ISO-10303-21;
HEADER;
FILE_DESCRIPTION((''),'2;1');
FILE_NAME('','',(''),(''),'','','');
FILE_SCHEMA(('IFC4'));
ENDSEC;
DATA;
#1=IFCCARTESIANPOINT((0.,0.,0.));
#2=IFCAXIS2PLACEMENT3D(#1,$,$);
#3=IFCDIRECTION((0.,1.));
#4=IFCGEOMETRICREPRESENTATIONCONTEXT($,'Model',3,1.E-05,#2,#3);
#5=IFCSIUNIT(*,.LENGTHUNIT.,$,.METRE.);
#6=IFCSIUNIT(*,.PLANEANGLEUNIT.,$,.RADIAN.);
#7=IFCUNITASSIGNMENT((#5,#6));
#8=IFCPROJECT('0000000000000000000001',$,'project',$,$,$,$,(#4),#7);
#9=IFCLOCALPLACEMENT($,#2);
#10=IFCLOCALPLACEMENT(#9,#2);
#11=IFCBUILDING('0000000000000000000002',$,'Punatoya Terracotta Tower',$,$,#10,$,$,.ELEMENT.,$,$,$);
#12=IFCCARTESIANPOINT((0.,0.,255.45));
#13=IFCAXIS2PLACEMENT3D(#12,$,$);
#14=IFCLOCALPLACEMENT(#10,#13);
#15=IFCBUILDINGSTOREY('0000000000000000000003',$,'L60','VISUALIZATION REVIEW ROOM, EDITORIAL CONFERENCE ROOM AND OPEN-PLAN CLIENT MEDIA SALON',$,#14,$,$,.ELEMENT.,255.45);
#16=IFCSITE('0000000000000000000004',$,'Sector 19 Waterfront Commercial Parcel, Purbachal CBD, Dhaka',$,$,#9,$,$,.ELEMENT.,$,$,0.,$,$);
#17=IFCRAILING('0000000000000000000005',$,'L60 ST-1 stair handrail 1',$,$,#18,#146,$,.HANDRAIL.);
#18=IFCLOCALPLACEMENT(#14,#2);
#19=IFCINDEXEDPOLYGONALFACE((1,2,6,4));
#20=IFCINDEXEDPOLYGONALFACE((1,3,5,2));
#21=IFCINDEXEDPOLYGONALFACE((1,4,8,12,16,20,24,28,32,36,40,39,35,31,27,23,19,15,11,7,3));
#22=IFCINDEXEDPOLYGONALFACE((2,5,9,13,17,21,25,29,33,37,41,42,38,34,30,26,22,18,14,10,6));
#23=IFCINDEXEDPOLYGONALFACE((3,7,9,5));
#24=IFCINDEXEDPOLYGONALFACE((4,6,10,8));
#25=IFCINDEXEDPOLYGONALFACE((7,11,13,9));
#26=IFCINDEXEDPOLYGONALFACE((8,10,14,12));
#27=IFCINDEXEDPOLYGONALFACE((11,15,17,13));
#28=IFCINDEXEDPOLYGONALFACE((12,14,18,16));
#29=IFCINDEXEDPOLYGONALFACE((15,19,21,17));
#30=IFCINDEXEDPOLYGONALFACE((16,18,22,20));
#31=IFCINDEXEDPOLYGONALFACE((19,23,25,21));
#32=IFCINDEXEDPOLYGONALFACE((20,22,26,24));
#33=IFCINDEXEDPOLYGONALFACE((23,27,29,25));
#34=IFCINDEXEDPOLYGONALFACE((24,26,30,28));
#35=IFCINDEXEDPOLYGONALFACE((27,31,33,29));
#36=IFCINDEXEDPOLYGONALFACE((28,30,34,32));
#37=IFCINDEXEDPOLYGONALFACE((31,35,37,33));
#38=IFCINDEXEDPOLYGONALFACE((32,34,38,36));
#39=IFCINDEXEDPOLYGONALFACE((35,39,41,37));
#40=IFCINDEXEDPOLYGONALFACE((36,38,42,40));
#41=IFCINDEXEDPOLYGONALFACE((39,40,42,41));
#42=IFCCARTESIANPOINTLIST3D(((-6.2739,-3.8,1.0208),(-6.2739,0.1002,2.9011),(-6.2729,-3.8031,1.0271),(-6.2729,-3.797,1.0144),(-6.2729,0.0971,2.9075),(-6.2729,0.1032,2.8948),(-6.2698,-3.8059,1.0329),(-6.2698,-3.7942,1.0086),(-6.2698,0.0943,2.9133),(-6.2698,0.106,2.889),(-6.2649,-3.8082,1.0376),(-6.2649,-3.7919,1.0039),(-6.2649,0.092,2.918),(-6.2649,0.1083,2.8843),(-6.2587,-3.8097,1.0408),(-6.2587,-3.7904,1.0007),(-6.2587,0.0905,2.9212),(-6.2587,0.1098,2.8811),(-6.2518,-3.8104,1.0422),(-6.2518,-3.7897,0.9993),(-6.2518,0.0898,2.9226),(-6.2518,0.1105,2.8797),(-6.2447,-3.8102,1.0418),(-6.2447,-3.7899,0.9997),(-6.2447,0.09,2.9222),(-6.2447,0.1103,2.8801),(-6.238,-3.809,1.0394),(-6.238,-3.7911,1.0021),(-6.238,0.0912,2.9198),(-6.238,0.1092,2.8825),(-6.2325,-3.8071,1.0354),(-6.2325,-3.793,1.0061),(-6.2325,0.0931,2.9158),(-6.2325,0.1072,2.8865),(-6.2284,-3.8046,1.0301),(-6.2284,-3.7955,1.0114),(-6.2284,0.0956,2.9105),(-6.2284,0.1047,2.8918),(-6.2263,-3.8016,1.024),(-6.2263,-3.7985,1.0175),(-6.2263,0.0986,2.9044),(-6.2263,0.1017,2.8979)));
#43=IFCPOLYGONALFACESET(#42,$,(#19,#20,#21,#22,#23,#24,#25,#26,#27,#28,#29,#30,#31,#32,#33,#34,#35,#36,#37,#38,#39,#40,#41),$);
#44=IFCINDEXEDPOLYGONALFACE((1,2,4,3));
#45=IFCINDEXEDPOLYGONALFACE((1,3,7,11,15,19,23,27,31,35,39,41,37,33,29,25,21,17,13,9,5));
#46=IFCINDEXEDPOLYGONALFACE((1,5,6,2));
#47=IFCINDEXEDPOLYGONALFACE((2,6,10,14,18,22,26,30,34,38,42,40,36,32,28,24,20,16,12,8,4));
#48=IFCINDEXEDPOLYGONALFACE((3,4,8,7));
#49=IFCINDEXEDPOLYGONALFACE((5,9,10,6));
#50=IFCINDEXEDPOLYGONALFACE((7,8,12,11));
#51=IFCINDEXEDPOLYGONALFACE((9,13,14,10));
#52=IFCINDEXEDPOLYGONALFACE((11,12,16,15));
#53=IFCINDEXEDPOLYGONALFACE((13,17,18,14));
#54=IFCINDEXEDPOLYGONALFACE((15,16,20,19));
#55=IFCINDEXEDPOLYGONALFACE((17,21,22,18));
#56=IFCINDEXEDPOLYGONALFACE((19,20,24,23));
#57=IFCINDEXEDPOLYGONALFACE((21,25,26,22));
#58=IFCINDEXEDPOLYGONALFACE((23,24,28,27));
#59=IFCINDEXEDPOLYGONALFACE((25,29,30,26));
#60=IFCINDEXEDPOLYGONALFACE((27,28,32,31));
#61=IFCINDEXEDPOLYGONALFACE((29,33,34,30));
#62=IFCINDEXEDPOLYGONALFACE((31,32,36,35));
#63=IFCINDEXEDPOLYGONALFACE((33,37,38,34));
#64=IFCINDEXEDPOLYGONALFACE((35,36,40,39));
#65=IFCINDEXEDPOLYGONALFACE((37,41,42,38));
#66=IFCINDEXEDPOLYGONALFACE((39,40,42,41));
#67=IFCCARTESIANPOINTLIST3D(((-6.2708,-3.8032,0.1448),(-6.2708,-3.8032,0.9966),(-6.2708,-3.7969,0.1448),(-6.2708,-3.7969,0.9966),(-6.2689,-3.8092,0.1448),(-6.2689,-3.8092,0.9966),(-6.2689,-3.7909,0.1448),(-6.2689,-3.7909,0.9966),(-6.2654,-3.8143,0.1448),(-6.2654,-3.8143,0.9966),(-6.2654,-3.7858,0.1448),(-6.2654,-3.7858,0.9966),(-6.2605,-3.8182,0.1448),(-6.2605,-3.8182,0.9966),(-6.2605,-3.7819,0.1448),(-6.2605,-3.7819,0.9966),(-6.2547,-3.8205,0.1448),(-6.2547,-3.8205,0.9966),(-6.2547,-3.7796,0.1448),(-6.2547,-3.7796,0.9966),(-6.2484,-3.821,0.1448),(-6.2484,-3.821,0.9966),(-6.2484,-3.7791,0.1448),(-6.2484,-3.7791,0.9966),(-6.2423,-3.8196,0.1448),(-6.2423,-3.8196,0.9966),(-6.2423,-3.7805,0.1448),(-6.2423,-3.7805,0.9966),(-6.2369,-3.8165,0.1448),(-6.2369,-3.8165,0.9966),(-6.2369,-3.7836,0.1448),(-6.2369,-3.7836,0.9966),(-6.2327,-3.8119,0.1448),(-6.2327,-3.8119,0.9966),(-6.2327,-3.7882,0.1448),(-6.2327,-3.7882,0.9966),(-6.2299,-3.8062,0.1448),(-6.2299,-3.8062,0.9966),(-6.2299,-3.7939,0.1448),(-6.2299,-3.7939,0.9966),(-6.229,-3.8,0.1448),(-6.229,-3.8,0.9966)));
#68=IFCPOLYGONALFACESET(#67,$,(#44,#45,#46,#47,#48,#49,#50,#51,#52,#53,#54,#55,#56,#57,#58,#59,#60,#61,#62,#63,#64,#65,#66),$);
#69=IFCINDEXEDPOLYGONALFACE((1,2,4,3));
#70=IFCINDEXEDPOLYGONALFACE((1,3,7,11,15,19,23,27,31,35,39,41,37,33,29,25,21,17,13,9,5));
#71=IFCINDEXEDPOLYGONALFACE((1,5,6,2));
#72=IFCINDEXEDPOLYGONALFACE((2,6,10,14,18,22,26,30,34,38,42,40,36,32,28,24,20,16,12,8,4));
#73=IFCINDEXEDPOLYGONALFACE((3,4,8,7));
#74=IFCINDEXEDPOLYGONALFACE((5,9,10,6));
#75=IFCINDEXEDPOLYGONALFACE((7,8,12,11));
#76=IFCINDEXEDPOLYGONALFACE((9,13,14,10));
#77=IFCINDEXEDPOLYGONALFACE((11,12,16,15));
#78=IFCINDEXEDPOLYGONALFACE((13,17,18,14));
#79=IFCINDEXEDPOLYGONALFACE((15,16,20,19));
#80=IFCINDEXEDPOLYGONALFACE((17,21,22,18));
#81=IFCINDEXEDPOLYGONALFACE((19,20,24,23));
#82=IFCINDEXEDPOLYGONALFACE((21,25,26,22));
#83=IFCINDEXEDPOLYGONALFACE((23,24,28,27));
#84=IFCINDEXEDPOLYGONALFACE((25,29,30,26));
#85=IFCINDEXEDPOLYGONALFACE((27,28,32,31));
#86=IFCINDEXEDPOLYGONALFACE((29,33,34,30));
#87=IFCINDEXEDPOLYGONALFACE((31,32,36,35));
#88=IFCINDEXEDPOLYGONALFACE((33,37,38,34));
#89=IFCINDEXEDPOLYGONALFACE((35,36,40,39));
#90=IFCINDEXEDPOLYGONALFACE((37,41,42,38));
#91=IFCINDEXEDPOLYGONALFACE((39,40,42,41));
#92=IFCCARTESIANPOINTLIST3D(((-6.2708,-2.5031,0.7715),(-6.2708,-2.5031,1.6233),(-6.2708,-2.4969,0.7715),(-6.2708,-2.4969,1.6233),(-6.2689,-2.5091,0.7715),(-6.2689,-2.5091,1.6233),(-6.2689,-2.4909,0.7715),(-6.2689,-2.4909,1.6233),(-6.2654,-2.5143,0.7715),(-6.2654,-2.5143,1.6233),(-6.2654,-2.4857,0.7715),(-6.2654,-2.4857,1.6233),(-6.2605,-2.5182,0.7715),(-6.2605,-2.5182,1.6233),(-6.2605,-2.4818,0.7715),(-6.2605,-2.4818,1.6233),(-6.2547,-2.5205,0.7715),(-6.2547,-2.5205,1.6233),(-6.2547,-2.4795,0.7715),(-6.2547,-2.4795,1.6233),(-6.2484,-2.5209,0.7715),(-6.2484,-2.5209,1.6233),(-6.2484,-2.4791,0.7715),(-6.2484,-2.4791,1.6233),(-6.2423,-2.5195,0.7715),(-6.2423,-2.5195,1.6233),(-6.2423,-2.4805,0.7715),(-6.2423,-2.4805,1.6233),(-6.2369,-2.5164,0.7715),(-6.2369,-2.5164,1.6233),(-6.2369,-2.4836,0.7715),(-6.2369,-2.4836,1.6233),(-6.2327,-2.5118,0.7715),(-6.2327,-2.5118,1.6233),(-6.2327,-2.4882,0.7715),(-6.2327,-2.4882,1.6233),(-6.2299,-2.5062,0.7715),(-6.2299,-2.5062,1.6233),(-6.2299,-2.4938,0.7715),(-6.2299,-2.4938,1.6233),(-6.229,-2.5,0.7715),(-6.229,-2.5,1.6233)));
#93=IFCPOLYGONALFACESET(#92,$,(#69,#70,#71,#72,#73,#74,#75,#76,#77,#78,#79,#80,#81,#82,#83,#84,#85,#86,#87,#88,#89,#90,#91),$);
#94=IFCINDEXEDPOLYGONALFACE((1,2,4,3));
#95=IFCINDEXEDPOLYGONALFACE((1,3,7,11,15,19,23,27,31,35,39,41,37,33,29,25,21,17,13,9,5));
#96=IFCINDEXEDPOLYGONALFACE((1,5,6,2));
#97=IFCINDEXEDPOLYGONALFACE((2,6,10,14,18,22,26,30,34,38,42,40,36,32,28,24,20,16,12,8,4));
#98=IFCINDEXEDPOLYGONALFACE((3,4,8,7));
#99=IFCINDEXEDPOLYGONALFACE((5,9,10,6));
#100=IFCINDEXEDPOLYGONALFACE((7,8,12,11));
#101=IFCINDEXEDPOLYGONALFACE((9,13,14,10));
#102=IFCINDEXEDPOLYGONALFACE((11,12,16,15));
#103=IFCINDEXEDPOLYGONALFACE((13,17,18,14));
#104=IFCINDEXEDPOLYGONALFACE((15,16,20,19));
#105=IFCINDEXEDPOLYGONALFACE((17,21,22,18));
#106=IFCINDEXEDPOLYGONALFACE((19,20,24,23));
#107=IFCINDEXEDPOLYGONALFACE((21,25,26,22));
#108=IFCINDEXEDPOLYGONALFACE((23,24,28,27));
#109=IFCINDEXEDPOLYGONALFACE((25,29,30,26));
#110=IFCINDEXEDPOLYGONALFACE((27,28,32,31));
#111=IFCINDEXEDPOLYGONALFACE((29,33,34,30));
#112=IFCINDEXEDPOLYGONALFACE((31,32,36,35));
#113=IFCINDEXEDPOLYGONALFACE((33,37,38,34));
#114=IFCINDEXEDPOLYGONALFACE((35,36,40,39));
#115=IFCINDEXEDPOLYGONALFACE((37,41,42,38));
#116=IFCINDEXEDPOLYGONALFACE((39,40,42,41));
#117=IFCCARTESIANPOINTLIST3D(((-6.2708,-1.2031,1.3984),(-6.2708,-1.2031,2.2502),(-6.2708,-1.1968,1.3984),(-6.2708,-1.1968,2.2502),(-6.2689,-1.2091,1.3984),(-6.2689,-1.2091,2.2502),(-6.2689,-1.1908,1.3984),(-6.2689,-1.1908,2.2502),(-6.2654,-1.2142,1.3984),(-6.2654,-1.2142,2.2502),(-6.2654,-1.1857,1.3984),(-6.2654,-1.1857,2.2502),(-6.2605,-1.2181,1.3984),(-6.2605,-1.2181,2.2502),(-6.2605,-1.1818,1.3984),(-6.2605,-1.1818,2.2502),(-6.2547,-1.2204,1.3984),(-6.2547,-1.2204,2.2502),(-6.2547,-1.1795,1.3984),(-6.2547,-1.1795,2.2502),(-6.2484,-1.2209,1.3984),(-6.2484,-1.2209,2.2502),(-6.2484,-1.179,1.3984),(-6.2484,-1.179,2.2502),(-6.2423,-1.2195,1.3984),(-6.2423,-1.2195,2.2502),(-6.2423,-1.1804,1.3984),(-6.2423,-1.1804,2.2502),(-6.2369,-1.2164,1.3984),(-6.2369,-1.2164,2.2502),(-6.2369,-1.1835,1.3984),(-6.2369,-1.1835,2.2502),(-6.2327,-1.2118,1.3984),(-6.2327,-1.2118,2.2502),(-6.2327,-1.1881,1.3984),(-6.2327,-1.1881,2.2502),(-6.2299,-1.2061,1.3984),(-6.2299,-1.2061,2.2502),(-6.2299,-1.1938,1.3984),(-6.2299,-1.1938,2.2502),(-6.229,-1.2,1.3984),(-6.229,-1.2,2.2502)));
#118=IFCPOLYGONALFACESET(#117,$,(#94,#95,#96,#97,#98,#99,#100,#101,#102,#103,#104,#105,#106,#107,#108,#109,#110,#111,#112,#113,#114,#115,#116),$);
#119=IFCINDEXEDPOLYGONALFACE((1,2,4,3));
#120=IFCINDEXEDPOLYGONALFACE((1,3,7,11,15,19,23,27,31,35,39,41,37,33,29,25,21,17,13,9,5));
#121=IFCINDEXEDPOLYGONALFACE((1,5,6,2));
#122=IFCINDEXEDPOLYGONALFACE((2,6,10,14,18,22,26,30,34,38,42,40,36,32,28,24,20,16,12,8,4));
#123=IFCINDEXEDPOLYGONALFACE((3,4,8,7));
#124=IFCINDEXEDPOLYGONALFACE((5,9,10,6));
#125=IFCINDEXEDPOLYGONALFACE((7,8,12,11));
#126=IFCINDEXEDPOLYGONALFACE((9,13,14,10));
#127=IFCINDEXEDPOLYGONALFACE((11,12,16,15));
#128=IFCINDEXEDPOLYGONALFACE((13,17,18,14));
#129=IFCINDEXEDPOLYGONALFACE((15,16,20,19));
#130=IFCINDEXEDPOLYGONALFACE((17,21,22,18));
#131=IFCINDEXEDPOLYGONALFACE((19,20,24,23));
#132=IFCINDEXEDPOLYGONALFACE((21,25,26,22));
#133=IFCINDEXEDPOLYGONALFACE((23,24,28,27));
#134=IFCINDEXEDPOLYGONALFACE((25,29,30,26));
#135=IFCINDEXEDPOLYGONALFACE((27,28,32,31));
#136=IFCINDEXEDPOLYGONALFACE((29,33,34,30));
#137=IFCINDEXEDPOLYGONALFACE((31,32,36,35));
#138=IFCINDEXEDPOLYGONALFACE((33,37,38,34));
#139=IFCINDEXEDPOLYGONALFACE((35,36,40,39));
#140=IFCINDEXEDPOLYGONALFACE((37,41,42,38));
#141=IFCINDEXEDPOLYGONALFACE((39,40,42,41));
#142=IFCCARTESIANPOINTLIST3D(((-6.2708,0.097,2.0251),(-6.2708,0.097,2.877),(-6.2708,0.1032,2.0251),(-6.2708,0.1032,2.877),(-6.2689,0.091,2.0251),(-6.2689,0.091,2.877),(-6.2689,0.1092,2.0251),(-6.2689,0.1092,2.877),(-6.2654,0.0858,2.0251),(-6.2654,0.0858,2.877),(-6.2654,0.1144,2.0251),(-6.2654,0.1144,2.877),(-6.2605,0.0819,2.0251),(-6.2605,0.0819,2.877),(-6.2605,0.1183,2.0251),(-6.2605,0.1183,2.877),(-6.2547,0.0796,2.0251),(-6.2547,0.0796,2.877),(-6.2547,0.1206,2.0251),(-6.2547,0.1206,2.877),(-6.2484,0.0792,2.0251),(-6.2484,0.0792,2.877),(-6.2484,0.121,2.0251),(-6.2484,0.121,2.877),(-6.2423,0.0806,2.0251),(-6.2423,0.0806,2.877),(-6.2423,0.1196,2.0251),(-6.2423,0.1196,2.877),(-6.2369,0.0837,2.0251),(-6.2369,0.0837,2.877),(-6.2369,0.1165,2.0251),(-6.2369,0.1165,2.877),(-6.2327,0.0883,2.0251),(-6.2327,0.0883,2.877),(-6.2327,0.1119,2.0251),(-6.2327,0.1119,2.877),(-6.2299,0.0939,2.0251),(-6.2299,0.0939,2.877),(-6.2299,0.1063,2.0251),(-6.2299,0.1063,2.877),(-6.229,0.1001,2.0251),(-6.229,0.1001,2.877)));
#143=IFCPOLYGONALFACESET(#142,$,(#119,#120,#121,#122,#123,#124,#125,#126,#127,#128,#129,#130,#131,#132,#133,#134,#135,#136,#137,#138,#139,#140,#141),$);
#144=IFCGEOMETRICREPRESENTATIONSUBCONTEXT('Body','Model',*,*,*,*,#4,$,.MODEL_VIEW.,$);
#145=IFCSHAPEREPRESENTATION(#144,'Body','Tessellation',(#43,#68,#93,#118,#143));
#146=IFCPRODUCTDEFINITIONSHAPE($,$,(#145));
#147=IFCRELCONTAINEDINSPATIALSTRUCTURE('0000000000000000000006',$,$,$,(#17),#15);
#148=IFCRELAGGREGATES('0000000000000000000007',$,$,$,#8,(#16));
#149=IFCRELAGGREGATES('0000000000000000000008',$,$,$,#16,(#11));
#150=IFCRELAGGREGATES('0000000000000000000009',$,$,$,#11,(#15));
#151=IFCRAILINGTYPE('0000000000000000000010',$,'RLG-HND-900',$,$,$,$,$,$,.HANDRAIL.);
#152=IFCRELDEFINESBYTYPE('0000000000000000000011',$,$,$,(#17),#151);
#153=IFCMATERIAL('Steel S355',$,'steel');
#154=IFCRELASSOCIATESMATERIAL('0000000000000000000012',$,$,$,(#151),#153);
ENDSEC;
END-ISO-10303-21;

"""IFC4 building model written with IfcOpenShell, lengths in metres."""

from ifc_helpers import new_model, si_unit, direction, frame, origin, origin_2d, place, context, subcontext, project, spatial, circle, extrude, material, type_object, element, save


model = new_model("IFC4")

# Units and contexts
model_context = context("Model", 3, precision=1e-05, world=origin(), true_north=direction((0.0, 1.0)))
body_context = subcontext(model_context, "Body", "Model", "MODEL_VIEW")
ifc_project = project(units=[si_unit("LENGTHUNIT", "METRE"), si_unit("PLANEANGLEUNIT", "RADIAN")], contexts=[model_context])

# Site, building, storey
site_placement = place(None, origin())
site = spatial("IfcSite", under=ifc_project, at=site_placement, Name="Sector 19 Waterfront Commercial Parcel, Purbachal CBD, Dhaka", CompositionType="ELEMENT", RefElevation=0.0)
building_placement = place(site_placement, origin())
building = spatial("IfcBuilding", under=site, at=building_placement, Name="Punatoya Terracotta Tower", CompositionType="ELEMENT")
storey_placement = place(building_placement, frame((0.0, 0.0, 255.45)))
storey = spatial("IfcBuildingStorey", under=building, at=storey_placement, Name="L60", Description="VISUALIZATION REVIEW ROOM, EDITORIAL CONFERENCE ROOM AND OPEN-PLAN CLIENT MEDIA SALON", CompositionType="ELEMENT", Elevation=255.45)

# Railing
ifc_material_1 = material(Name="Steel S355", Category="steel")
railing_type_1 = type_object("IfcRailingType", Name="RLG-HND-900", PredefinedType="HANDRAIL", material=ifc_material_1)
railing_1_placement = place(storey_placement, frame((-6.25, -3.8, 0.1448)))
element("IfcRailing", 1, at=railing_1_placement, inside=storey, type_object=railing_type_1, Name="L60 ST-1 stair handrail 1", PredefinedType="HANDRAIL", context=body_context, shape_type="SweptSolid", body=[
    extrude(circle(Radius=0.0239, at=origin_2d()), frame((0.0, 0.0, 0.876), z_axis=(0.0, 0.900774, 0.434289), x_axis=(-1.0, 0.0, 0.0)), (0.0, 0.0, 1.0), 4.3298),
    extrude(circle(Radius=0.021, at=origin_2d()), origin(), (0.0, 0.0, 1.0), 0.8518),
    extrude(circle(Radius=0.021, at=origin_2d()), frame((0.0, 1.3, 0.6267)), (0.0, 0.0, 1.0), 0.8518),
    extrude(circle(Radius=0.021, at=origin_2d()), frame((0.0, 2.6001, 1.2537)), (0.0, 0.0, 1.0), 0.8518),
    extrude(circle(Radius=0.021, at=origin_2d()), frame((0.0, 3.9001, 1.8804)), (0.0, 0.0, 1.0), 0.8518),
])

save(model, "model.ifc")
